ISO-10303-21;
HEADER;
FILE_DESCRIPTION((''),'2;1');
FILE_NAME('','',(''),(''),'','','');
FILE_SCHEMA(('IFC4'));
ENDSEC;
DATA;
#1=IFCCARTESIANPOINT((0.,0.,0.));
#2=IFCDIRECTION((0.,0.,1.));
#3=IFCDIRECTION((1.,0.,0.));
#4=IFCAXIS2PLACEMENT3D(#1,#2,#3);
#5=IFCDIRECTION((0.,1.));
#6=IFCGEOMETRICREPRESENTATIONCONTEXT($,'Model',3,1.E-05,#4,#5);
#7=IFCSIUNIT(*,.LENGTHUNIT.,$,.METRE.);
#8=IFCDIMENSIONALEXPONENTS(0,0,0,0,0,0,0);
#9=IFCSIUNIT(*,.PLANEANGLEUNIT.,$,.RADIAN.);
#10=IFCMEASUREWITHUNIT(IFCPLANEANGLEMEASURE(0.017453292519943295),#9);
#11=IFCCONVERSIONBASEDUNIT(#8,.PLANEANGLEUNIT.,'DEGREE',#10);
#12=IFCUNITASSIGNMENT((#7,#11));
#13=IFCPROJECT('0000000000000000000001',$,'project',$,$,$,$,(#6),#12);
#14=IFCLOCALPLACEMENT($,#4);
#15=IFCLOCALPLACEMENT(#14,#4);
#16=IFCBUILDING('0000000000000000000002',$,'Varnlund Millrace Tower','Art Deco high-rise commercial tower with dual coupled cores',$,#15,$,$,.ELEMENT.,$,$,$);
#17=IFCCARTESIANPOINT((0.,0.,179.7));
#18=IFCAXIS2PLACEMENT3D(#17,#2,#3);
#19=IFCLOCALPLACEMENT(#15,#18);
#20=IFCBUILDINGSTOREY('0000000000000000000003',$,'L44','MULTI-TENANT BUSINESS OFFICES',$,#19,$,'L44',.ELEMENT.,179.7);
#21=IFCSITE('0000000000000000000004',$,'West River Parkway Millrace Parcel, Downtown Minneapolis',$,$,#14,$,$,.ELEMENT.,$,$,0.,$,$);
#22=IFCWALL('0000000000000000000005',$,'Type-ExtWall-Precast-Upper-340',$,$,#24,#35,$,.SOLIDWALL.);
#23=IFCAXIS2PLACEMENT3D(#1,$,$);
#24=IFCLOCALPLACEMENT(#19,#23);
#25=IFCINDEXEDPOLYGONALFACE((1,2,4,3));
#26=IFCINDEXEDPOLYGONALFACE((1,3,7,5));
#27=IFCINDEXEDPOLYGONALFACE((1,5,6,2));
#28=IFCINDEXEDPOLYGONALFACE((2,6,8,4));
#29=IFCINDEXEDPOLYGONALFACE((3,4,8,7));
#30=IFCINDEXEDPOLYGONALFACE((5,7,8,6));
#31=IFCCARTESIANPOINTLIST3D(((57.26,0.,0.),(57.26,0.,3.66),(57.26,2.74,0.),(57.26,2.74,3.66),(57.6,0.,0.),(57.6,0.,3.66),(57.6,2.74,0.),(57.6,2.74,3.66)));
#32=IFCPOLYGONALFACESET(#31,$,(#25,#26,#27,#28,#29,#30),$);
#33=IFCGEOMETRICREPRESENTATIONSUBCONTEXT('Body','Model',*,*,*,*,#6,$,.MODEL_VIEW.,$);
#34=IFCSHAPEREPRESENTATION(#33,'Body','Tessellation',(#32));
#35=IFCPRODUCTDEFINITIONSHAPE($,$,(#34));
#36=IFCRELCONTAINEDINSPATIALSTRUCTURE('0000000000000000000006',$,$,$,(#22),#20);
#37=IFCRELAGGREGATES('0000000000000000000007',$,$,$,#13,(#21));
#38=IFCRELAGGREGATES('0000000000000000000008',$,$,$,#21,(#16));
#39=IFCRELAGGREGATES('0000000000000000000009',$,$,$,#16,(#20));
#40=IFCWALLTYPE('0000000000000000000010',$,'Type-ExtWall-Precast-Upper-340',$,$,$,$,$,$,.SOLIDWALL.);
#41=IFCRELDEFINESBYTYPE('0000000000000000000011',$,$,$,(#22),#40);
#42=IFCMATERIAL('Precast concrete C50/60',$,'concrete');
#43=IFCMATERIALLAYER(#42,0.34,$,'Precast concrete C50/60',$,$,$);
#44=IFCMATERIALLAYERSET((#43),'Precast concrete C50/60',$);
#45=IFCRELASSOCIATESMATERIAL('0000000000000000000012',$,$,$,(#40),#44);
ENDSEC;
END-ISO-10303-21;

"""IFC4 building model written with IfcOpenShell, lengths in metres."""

from ifc_helpers import new_model, entity, si_unit, converted_unit, direction, frame, origin_with_axes, place, context, subcontext, project, spatial, polyline, outline, extrude, material, layer, layer_set, type_object, element, save


model = new_model("IFC4")

# Units and contexts
model_context = context("Model", 3, precision=1e-05, world=origin_with_axes(), true_north=direction((0.0, 1.0)))
body_context = subcontext(model_context, "Body", "Model", "MODEL_VIEW")
ifc_project = project(units=[si_unit("LENGTHUNIT", "METRE"), converted_unit("PLANEANGLEUNIT", "DEGREE", entity("IfcPlaneAngleMeasure", 0.017453292519943295), si_unit("PLANEANGLEUNIT", "RADIAN"), dimensions=[0, 0, 0, 0, 0, 0, 0])], contexts=[model_context])

# Site, building, storey
site_placement = place(None, origin_with_axes())
site = spatial("IfcSite", under=ifc_project, at=site_placement, Name="West River Parkway Millrace Parcel, Downtown Minneapolis", CompositionType="ELEMENT", RefElevation=0.0)
building_placement = place(site_placement, origin_with_axes())
building = spatial("IfcBuilding", under=site, at=building_placement, Name="Varnlund Millrace Tower", Description="Art Deco high-rise commercial tower with dual coupled cores", CompositionType="ELEMENT")
storey_placement = place(building_placement, frame((0.0, 0.0, 179.7), z_axis=(0.0, 0.0, 1.0), x_axis=(1.0, 0.0, 0.0)))
storey = spatial("IfcBuildingStorey", under=building, at=storey_placement, Name="L44", Description="MULTI-TENANT BUSINESS OFFICES", LongName="L44", CompositionType="ELEMENT", Elevation=179.7)

# Wall
ifc_material_1 = material(Name="Precast concrete C50/60", Category="concrete")
ifc_layer = layer(ifc_material_1, 0.34, Name="Precast concrete C50/60")
ifc_layer_set = layer_set([ifc_layer], Name="Precast concrete C50/60")
wall_type = type_object("IfcWallType", Name="Type-ExtWall-Precast-Upper-340", PredefinedType="SOLIDWALL", material=ifc_layer_set)
wall_1_placement = place(storey_placement, frame((57.43, 2.74, 0.0), z_axis=(0.0, 0.0, 1.0), x_axis=(0.0, -1.0, 0.0)))
element("IfcWall", 1, at=wall_1_placement, inside=storey, type_object=wall_type, Name="Type-ExtWall-Precast-Upper-340", PredefinedType="SOLIDWALL", context=body_context, shape_type="SweptSolid", body=[
    extrude(outline(polyline([(0.0, -0.17), (2.74, -0.17), (2.74, 0.17), (0.0, 0.17), (0.0, -0.17)])), origin_with_axes(), (0.0, 0.0, 1.0), 3.66),
])

save(model, "model.ifc")
